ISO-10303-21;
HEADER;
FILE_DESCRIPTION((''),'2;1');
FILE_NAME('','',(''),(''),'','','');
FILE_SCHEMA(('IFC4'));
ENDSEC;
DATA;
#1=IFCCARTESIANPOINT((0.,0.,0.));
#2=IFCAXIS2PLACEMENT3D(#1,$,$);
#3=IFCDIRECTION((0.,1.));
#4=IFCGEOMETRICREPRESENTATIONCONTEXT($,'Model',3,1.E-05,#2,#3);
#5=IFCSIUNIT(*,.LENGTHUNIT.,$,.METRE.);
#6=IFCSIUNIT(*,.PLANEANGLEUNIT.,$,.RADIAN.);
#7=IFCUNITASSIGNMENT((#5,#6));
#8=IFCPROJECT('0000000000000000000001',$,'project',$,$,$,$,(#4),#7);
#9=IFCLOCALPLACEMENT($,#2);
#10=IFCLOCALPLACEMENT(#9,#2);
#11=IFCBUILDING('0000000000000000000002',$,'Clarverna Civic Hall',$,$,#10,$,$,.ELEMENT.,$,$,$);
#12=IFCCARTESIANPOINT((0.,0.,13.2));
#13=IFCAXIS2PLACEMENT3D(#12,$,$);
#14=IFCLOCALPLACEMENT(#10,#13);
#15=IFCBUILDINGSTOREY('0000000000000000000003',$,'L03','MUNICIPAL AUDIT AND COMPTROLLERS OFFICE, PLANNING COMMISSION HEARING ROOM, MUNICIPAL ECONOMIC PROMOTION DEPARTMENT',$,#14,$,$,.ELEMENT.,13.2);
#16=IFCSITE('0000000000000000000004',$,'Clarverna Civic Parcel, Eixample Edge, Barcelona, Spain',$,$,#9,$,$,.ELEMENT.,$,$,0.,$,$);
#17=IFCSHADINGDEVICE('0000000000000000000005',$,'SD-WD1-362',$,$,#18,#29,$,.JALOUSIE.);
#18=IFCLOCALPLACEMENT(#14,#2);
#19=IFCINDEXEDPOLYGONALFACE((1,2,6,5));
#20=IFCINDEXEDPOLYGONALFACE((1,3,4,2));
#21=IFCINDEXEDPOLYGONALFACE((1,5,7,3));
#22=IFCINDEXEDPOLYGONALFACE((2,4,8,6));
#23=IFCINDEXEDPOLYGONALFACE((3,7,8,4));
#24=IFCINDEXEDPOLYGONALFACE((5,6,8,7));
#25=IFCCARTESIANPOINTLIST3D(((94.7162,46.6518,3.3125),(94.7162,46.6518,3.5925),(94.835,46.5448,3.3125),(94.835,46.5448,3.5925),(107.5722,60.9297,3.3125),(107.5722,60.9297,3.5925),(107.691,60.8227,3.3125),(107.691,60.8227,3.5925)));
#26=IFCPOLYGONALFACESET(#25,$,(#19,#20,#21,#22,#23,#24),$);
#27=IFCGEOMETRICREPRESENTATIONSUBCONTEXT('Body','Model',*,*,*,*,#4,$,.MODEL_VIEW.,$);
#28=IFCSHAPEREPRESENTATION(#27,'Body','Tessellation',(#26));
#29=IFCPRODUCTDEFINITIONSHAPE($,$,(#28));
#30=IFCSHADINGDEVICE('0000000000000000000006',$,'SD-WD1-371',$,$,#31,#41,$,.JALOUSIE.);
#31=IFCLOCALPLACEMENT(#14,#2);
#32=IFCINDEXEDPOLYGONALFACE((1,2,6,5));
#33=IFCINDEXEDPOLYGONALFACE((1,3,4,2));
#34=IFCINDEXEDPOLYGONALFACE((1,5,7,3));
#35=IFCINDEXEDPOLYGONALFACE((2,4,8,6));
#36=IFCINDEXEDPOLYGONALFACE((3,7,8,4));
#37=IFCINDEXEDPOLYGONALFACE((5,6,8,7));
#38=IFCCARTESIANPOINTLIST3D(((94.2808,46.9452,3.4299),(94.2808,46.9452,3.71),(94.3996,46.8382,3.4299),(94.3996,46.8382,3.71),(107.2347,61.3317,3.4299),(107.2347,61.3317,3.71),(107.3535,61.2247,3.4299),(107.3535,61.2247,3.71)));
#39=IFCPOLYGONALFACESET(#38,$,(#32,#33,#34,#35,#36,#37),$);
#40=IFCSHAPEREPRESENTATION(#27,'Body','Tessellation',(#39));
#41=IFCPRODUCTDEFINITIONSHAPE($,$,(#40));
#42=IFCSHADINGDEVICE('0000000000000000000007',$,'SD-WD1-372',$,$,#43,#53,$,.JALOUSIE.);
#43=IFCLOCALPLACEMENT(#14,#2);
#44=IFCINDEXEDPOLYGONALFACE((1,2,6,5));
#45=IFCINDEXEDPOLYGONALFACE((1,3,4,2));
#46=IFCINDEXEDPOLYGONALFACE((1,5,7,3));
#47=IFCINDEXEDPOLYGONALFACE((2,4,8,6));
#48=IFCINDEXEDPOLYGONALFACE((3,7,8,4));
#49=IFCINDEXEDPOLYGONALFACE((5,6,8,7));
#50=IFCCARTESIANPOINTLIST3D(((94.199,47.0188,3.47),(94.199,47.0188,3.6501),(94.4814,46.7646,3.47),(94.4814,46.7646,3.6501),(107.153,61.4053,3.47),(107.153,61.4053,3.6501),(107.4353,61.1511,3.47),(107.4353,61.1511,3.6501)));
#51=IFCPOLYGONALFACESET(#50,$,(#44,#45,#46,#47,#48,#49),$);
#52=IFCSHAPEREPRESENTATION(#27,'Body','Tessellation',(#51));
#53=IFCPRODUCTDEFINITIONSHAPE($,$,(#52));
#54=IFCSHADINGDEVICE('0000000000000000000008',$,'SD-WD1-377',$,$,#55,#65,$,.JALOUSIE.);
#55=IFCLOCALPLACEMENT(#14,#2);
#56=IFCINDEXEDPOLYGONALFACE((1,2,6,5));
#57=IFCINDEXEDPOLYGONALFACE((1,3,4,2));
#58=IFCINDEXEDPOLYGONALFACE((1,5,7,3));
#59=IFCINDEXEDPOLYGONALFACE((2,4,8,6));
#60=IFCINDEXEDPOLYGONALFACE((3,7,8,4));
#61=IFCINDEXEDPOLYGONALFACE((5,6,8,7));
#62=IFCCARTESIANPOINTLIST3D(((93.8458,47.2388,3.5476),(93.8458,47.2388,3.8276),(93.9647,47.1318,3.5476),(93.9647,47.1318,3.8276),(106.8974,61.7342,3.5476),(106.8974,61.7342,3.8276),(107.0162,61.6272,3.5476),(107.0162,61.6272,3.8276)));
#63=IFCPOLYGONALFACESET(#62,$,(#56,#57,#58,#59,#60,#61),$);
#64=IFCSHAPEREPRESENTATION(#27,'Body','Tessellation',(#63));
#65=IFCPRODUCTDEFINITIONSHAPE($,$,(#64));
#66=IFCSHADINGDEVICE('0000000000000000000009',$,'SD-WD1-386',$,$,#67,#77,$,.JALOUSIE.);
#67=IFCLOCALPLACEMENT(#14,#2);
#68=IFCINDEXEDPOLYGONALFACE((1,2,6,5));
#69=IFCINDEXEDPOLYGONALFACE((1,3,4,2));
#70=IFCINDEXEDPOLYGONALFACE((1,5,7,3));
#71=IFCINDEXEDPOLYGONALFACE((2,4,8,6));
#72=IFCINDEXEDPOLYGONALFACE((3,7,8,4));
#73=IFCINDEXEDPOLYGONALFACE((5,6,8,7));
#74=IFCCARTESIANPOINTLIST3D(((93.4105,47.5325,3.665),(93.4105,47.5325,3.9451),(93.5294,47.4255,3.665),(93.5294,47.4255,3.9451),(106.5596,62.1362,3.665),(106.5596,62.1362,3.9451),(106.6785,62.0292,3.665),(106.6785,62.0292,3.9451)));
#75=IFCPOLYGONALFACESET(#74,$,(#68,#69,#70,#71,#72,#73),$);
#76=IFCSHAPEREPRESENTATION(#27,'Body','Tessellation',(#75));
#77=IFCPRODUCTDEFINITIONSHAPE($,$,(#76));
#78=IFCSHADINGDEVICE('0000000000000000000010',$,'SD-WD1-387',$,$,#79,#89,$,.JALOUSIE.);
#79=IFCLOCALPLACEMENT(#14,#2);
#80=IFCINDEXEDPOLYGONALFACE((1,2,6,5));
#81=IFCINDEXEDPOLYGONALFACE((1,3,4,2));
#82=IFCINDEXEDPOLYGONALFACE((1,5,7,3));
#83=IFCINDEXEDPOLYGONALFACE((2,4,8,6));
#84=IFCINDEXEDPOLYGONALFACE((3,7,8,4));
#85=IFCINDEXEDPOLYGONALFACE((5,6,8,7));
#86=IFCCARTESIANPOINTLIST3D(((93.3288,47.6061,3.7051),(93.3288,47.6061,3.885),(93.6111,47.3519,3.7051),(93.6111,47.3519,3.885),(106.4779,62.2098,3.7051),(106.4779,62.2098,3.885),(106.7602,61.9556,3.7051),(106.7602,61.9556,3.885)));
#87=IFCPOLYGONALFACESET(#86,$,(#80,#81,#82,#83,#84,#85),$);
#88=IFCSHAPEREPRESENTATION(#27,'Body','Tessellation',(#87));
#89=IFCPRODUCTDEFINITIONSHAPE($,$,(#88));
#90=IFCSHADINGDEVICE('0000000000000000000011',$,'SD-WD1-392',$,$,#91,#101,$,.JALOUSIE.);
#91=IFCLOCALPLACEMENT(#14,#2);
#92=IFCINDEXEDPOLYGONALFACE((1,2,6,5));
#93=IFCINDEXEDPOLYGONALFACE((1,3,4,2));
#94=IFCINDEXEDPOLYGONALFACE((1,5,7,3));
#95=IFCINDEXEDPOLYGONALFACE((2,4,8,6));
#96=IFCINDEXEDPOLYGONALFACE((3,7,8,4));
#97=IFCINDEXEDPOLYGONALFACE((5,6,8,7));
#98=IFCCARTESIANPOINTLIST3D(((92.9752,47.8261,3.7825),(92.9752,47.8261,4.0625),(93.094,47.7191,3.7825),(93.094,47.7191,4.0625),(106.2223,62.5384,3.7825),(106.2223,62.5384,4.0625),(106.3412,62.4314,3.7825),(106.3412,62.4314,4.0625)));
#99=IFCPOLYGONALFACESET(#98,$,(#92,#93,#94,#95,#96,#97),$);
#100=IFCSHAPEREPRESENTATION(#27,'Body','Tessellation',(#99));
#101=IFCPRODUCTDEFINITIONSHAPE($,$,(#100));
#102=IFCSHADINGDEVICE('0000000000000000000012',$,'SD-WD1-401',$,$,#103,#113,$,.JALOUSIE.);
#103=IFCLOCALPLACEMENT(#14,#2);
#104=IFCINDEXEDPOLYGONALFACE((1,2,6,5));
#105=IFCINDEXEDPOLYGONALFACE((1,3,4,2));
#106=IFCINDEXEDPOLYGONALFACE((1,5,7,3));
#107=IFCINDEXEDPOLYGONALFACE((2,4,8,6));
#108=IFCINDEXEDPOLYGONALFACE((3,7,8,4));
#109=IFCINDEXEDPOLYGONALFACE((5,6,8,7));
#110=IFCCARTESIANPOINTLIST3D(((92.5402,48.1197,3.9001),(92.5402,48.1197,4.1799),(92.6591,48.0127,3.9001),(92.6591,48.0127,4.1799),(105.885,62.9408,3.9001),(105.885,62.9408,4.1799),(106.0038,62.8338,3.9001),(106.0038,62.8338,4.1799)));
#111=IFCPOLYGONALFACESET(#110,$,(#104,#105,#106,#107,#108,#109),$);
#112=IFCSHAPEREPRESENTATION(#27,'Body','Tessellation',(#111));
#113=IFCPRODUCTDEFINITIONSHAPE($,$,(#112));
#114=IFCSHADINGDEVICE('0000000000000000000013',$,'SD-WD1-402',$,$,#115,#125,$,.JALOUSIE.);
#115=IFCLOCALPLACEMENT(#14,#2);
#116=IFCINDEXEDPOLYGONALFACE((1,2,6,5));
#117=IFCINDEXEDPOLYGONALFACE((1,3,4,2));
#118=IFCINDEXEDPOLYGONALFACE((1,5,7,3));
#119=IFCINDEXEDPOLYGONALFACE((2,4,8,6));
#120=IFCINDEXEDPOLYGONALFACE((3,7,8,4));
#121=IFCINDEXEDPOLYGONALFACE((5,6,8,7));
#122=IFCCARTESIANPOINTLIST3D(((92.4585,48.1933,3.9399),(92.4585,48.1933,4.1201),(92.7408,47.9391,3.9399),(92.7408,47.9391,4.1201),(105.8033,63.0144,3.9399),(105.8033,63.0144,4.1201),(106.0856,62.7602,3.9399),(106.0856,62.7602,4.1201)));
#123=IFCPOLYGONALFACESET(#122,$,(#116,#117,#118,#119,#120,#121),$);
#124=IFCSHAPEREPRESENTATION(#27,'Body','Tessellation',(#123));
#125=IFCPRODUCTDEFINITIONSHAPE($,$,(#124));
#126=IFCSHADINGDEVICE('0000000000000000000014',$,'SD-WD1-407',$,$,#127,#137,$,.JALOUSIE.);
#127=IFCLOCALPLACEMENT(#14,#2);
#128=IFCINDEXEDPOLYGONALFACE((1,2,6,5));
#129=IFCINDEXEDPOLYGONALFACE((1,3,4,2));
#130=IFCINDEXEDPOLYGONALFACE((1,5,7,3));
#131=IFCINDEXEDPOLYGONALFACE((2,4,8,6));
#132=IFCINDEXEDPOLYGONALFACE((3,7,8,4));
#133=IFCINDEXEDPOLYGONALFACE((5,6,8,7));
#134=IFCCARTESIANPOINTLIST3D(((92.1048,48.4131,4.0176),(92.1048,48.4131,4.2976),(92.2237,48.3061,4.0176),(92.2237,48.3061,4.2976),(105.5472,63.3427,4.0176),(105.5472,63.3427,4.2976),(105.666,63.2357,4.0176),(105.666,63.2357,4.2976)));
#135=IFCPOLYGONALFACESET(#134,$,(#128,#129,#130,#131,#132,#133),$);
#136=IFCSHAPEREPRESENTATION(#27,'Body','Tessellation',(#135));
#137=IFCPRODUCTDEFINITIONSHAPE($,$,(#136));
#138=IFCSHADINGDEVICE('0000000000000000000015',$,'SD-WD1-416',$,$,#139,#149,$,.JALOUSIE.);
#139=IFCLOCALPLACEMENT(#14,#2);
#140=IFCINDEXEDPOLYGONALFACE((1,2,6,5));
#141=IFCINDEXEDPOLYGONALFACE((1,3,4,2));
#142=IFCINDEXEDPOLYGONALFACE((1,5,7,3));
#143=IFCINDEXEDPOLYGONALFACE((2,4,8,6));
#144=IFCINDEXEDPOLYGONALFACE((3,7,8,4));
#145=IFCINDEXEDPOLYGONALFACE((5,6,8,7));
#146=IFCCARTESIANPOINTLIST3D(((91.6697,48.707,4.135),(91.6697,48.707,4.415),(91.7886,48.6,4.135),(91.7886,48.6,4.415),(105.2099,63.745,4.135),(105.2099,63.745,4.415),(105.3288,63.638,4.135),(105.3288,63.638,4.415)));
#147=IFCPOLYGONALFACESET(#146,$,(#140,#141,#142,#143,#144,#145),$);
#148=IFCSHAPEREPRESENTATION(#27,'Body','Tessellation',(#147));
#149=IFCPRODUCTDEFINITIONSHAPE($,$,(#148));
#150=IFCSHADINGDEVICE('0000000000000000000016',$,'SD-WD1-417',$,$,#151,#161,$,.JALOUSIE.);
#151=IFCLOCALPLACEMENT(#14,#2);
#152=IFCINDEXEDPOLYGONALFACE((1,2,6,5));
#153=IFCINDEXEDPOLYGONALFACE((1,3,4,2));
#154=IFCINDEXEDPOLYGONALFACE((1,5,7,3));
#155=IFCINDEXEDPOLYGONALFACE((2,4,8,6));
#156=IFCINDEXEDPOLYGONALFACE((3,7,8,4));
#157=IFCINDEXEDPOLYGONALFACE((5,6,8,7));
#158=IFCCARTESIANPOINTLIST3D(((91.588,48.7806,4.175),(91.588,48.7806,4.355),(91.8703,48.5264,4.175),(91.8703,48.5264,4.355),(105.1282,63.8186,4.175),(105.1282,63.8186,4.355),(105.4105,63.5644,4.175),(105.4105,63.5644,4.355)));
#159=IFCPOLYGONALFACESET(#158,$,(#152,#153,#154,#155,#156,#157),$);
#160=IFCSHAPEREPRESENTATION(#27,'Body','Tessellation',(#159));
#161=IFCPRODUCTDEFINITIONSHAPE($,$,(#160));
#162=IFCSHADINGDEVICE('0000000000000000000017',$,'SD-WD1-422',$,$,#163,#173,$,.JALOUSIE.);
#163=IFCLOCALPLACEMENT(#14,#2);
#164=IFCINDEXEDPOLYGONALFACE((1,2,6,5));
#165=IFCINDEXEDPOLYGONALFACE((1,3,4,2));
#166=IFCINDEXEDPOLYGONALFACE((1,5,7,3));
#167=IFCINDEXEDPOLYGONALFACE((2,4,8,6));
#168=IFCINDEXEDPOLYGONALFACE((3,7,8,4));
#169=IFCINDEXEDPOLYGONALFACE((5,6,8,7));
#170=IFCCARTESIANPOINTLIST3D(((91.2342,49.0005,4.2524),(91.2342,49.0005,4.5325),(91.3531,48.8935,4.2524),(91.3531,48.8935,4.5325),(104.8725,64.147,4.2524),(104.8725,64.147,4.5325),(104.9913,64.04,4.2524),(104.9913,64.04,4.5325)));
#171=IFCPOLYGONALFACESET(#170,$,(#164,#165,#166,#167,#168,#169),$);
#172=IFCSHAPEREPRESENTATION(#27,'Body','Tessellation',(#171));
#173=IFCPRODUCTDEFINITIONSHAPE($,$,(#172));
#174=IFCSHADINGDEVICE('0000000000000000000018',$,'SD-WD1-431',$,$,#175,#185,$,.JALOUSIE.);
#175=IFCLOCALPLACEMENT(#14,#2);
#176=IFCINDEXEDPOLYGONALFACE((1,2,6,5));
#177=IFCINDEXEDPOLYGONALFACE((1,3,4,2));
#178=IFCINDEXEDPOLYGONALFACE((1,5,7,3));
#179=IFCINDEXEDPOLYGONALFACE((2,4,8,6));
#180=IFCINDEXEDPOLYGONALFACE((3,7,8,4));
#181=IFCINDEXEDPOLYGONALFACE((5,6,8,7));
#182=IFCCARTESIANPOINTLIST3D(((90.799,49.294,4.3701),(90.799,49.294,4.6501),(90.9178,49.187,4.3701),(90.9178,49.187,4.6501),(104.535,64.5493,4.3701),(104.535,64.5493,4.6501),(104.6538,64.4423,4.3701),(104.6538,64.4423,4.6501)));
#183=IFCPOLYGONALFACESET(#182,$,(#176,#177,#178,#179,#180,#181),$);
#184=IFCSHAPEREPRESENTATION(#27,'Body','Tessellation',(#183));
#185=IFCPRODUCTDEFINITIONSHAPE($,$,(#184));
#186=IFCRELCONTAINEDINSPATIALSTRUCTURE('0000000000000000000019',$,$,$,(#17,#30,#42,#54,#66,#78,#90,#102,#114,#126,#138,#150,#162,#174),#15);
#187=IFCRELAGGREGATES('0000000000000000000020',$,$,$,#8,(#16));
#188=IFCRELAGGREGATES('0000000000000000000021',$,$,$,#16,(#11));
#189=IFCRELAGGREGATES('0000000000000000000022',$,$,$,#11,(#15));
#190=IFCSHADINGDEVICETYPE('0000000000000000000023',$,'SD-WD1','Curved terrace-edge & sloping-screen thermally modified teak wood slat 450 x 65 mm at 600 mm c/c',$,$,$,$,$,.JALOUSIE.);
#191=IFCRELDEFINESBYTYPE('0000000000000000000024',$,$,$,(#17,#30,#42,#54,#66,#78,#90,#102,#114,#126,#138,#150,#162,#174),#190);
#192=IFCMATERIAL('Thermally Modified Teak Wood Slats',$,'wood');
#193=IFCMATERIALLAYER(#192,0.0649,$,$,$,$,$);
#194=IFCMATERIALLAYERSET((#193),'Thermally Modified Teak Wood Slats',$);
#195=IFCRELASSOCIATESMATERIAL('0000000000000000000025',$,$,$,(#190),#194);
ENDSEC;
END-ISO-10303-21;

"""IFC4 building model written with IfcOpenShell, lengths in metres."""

from ifc_helpers import new_model, si_unit, direction, frame, frame_2d, origin, place, context, subcontext, project, spatial, rectangle, extrude, material, layer, layer_set, type_object, element, save


model = new_model("IFC4")

# Units and contexts
model_context = context("Model", 3, precision=1e-05, world=origin(), true_north=direction((0.0, 1.0)))
body_context = subcontext(model_context, "Body", "Model", "MODEL_VIEW")
ifc_project = project(units=[si_unit("LENGTHUNIT", "METRE"), si_unit("PLANEANGLEUNIT", "RADIAN")], contexts=[model_context])

# Site, building, storey
site_placement = place(None, origin())
site = spatial("IfcSite", under=ifc_project, at=site_placement, Name="Clarverna Civic Parcel, Eixample Edge, Barcelona, Spain", CompositionType="ELEMENT", RefElevation=0.0)
building_placement = place(site_placement, origin())
building = spatial("IfcBuilding", under=site, at=building_placement, Name="Clarverna Civic Hall", CompositionType="ELEMENT")
storey_placement = place(building_placement, frame((0.0, 0.0, 13.2)))
storey = spatial("IfcBuildingStorey", under=building, at=storey_placement, Name="L03", Description="MUNICIPAL AUDIT AND COMPTROLLERS OFFICE, PLANNING COMMISSION HEARING ROOM, MUNICIPAL ECONOMIC PROMOTION DEPARTMENT", CompositionType="ELEMENT", Elevation=13.2)

# Shading devices
ifc_material_1 = material(Name="Thermally Modified Teak Wood Slats", Category="wood")
ifc_layer_1 = layer(ifc_material_1, 0.0649)
ifc_layer_set_1 = layer_set([ifc_layer_1], Name="Thermally Modified Teak Wood Slats")
shading_device_type = type_object("IfcShadingDeviceType", Name="SD-WD1", Description="Curved terrace-edge & sloping-screen thermally modified teak wood slat 450 x 65 mm at 600 mm c/c", PredefinedType="JALOUSIE", material=ifc_layer_set_1)
shading_device_1_placement = place(storey_placement, frame((107.6316, 60.8762, 3.3125), z_axis=(0.0, 0.0, 1.0), x_axis=(-0.669135, -0.743141, 0.0)))
element("IfcShadingDevice", 1, at=shading_device_1_placement, inside=storey, type_object=shading_device_type, Name="SD-WD1-362", PredefinedType="JALOUSIE", context=body_context, shape_type="SweptSolid", body=[
    extrude(rectangle(XDim=19.2129, YDim=0.1599, at=frame_2d((9.6064, 0.0))), origin(), (0.0, 0.0, 1.0), 0.28),
])
shading_device_2_placement = place(storey_placement, frame((107.2942, 61.2783, 3.4299), z_axis=(0.0, 0.0, 1.0), x_axis=(-0.669137, -0.743139, 0.0)))
element("IfcShadingDevice", 2, at=shading_device_2_placement, inside=storey, type_object=shading_device_type, Name="SD-WD1-371", PredefinedType="JALOUSIE", context=body_context, shape_type="SweptSolid", body=[
    extrude(rectangle(XDim=19.3591, YDim=0.1599, at=frame_2d((9.6797, 0.0))), origin(), (0.0, 0.0, 1.0), 0.28),
])
shading_device_3_placement = place(storey_placement, frame((107.2942, 61.2783, 3.47), z_axis=(0.0, 0.0, 1.0), x_axis=(-0.669137, -0.743139, 0.0)))
element("IfcShadingDevice", 3, at=shading_device_3_placement, inside=storey, type_object=shading_device_type, Name="SD-WD1-372", PredefinedType="JALOUSIE", context=body_context, shape_type="SweptSolid", body=[
    extrude(rectangle(XDim=19.3591, YDim=0.3799, at=frame_2d((9.6797, 0.0))), origin(), (0.0, 0.0, 1.0), 0.1802),
])
shading_device_4_placement = place(storey_placement, frame((106.9568, 61.6807, 3.5476), z_axis=(0.0, 0.0, 1.0), x_axis=(-0.669126, -0.743149, 0.0)))
element("IfcShadingDevice", 4, at=shading_device_4_placement, inside=storey, type_object=shading_device_type, Name="SD-WD1-377", PredefinedType="JALOUSIE", context=body_context, shape_type="SweptSolid", body=[
    extrude(rectangle(XDim=19.5054, YDim=0.1599, at=frame_2d((9.7527, 0.0))), origin(), (0.0, 0.0, 1.0), 0.28),
])
shading_device_5_placement = place(storey_placement, frame((106.6191, 62.0828, 3.665), z_axis=(0.0, 0.0, 1.0), x_axis=(-0.669127, -0.743148, 0.0)))
element("IfcShadingDevice", 5, at=shading_device_5_placement, inside=storey, type_object=shading_device_type, Name="SD-WD1-386", PredefinedType="JALOUSIE", context=body_context, shape_type="SweptSolid", body=[
    extrude(rectangle(XDim=19.6511, YDim=0.1599, at=frame_2d((9.8257, 0.0))), origin(), (0.0, 0.0, 1.0), 0.28),
])
shading_device_6_placement = place(storey_placement, frame((106.6191, 62.0828, 3.7051), z_axis=(0.0, 0.0, 1.0), x_axis=(-0.669127, -0.743148, 0.0)))
element("IfcShadingDevice", 6, at=shading_device_6_placement, inside=storey, type_object=shading_device_type, Name="SD-WD1-387", PredefinedType="JALOUSIE", context=body_context, shape_type="SweptSolid", body=[
    extrude(rectangle(XDim=19.6511, YDim=0.3799, at=frame_2d((9.8257, 0.0))), origin(), (0.0, 0.0, 1.0), 0.1799),
])
shading_device_7_placement = place(storey_placement, frame((106.2817, 62.4849, 3.7825), z_axis=(0.0, 0.0, 1.0), x_axis=(-0.669136, -0.74314, 0.0)))
element("IfcShadingDevice", 7, at=shading_device_7_placement, inside=storey, type_object=shading_device_type, Name="SD-WD1-392", PredefinedType="JALOUSIE", context=body_context, shape_type="SweptSolid", body=[
    extrude(rectangle(XDim=19.7974, YDim=0.1599, at=frame_2d((9.8987, 0.0))), origin(), (0.0, 0.0, 1.0), 0.28),
])
shading_device_8_placement = place(storey_placement, frame((105.9443, 62.8872, 3.9001), z_axis=(0.0, 0.0, 1.0), x_axis=(-0.669125, -0.74315, 0.0)))
element("IfcShadingDevice", 8, at=shading_device_8_placement, inside=storey, type_object=shading_device_type, Name="SD-WD1-401", PredefinedType="JALOUSIE", context=body_context, shape_type="SweptSolid", body=[
    extrude(rectangle(XDim=19.9436, YDim=0.1599, at=frame_2d((9.9717, 0.0))), origin(), (0.0, 0.0, 1.0), 0.2798),
])
shading_device_9_placement = place(storey_placement, frame((105.9443, 62.8872, 3.9399), z_axis=(0.0, 0.0, 1.0), x_axis=(-0.669125, -0.74315, 0.0)))
element("IfcShadingDevice", 9, at=shading_device_9_placement, inside=storey, type_object=shading_device_type, Name="SD-WD1-402", PredefinedType="JALOUSIE", context=body_context, shape_type="SweptSolid", body=[
    extrude(rectangle(XDim=19.9436, YDim=0.3799, at=frame_2d((9.9717, 0.0))), origin(), (0.0, 0.0, 1.0), 0.1802),
])
shading_device_10_placement = place(storey_placement, frame((105.6067, 63.2893, 4.0176), z_axis=(0.0, 0.0, 1.0), x_axis=(-0.66912, -0.743154, 0.0)))
element("IfcShadingDevice", 10, at=shading_device_10_placement, inside=storey, type_object=shading_device_type, Name="SD-WD1-407", PredefinedType="JALOUSIE", context=body_context, shape_type="SweptSolid", body=[
    extrude(rectangle(XDim=20.0896, YDim=0.1599, at=frame_2d((10.0449, 0.0))), origin(), (0.0, 0.0, 1.0), 0.28),
])
shading_device_11_placement = place(storey_placement, frame((105.2693, 63.6914, 4.135), z_axis=(0.0, 0.0, 1.0), x_axis=(-0.669129, -0.743147, 0.0)))
element("IfcShadingDevice", 11, at=shading_device_11_placement, inside=storey, type_object=shading_device_type, Name="SD-WD1-416", PredefinedType="JALOUSIE", context=body_context, shape_type="SweptSolid", body=[
    extrude(rectangle(XDim=20.2356, YDim=0.1599, at=frame_2d((10.1177, 0.0))), origin(), (0.0, 0.0, 1.0), 0.28),
])
shading_device_12_placement = place(storey_placement, frame((105.2693, 63.6914, 4.175), z_axis=(0.0, 0.0, 1.0), x_axis=(-0.669129, -0.743147, 0.0)))
element("IfcShadingDevice", 12, at=shading_device_12_placement, inside=storey, type_object=shading_device_type, Name="SD-WD1-417", PredefinedType="JALOUSIE", context=body_context, shape_type="SweptSolid", body=[
    extrude(rectangle(XDim=20.2356, YDim=0.3799, at=frame_2d((10.1177, 0.0))), origin(), (0.0, 0.0, 1.0), 0.1799),
])
shading_device_13_placement = place(storey_placement, frame((104.9319, 64.0935, 4.2524), z_axis=(0.0, 0.0, 1.0), x_axis=(-0.669137, -0.743139, 0.0)))
element("IfcShadingDevice", 13, at=shading_device_13_placement, inside=storey, type_object=shading_device_type, Name="SD-WD1-422", PredefinedType="JALOUSIE", context=body_context, shape_type="SweptSolid", body=[
    extrude(rectangle(XDim=20.3818, YDim=0.1599, at=frame_2d((10.1909, 0.0))), origin(), (0.0, 0.0, 1.0), 0.28),
])
shading_device_14_placement = place(storey_placement, frame((104.5945, 64.4958, 4.3701), z_axis=(0.0, 0.0, 1.0), x_axis=(-0.669133, -0.743143, 0.0)))
element("IfcShadingDevice", 14, at=shading_device_14_placement, inside=storey, type_object=shading_device_type, Name="SD-WD1-431", PredefinedType="JALOUSIE", context=body_context, shape_type="SweptSolid", body=[
    extrude(rectangle(XDim=20.5281, YDim=0.1599, at=frame_2d((10.2642, 0.0))), origin(), (0.0, 0.0, 1.0), 0.28),
])

save(model, "model.ifc")
